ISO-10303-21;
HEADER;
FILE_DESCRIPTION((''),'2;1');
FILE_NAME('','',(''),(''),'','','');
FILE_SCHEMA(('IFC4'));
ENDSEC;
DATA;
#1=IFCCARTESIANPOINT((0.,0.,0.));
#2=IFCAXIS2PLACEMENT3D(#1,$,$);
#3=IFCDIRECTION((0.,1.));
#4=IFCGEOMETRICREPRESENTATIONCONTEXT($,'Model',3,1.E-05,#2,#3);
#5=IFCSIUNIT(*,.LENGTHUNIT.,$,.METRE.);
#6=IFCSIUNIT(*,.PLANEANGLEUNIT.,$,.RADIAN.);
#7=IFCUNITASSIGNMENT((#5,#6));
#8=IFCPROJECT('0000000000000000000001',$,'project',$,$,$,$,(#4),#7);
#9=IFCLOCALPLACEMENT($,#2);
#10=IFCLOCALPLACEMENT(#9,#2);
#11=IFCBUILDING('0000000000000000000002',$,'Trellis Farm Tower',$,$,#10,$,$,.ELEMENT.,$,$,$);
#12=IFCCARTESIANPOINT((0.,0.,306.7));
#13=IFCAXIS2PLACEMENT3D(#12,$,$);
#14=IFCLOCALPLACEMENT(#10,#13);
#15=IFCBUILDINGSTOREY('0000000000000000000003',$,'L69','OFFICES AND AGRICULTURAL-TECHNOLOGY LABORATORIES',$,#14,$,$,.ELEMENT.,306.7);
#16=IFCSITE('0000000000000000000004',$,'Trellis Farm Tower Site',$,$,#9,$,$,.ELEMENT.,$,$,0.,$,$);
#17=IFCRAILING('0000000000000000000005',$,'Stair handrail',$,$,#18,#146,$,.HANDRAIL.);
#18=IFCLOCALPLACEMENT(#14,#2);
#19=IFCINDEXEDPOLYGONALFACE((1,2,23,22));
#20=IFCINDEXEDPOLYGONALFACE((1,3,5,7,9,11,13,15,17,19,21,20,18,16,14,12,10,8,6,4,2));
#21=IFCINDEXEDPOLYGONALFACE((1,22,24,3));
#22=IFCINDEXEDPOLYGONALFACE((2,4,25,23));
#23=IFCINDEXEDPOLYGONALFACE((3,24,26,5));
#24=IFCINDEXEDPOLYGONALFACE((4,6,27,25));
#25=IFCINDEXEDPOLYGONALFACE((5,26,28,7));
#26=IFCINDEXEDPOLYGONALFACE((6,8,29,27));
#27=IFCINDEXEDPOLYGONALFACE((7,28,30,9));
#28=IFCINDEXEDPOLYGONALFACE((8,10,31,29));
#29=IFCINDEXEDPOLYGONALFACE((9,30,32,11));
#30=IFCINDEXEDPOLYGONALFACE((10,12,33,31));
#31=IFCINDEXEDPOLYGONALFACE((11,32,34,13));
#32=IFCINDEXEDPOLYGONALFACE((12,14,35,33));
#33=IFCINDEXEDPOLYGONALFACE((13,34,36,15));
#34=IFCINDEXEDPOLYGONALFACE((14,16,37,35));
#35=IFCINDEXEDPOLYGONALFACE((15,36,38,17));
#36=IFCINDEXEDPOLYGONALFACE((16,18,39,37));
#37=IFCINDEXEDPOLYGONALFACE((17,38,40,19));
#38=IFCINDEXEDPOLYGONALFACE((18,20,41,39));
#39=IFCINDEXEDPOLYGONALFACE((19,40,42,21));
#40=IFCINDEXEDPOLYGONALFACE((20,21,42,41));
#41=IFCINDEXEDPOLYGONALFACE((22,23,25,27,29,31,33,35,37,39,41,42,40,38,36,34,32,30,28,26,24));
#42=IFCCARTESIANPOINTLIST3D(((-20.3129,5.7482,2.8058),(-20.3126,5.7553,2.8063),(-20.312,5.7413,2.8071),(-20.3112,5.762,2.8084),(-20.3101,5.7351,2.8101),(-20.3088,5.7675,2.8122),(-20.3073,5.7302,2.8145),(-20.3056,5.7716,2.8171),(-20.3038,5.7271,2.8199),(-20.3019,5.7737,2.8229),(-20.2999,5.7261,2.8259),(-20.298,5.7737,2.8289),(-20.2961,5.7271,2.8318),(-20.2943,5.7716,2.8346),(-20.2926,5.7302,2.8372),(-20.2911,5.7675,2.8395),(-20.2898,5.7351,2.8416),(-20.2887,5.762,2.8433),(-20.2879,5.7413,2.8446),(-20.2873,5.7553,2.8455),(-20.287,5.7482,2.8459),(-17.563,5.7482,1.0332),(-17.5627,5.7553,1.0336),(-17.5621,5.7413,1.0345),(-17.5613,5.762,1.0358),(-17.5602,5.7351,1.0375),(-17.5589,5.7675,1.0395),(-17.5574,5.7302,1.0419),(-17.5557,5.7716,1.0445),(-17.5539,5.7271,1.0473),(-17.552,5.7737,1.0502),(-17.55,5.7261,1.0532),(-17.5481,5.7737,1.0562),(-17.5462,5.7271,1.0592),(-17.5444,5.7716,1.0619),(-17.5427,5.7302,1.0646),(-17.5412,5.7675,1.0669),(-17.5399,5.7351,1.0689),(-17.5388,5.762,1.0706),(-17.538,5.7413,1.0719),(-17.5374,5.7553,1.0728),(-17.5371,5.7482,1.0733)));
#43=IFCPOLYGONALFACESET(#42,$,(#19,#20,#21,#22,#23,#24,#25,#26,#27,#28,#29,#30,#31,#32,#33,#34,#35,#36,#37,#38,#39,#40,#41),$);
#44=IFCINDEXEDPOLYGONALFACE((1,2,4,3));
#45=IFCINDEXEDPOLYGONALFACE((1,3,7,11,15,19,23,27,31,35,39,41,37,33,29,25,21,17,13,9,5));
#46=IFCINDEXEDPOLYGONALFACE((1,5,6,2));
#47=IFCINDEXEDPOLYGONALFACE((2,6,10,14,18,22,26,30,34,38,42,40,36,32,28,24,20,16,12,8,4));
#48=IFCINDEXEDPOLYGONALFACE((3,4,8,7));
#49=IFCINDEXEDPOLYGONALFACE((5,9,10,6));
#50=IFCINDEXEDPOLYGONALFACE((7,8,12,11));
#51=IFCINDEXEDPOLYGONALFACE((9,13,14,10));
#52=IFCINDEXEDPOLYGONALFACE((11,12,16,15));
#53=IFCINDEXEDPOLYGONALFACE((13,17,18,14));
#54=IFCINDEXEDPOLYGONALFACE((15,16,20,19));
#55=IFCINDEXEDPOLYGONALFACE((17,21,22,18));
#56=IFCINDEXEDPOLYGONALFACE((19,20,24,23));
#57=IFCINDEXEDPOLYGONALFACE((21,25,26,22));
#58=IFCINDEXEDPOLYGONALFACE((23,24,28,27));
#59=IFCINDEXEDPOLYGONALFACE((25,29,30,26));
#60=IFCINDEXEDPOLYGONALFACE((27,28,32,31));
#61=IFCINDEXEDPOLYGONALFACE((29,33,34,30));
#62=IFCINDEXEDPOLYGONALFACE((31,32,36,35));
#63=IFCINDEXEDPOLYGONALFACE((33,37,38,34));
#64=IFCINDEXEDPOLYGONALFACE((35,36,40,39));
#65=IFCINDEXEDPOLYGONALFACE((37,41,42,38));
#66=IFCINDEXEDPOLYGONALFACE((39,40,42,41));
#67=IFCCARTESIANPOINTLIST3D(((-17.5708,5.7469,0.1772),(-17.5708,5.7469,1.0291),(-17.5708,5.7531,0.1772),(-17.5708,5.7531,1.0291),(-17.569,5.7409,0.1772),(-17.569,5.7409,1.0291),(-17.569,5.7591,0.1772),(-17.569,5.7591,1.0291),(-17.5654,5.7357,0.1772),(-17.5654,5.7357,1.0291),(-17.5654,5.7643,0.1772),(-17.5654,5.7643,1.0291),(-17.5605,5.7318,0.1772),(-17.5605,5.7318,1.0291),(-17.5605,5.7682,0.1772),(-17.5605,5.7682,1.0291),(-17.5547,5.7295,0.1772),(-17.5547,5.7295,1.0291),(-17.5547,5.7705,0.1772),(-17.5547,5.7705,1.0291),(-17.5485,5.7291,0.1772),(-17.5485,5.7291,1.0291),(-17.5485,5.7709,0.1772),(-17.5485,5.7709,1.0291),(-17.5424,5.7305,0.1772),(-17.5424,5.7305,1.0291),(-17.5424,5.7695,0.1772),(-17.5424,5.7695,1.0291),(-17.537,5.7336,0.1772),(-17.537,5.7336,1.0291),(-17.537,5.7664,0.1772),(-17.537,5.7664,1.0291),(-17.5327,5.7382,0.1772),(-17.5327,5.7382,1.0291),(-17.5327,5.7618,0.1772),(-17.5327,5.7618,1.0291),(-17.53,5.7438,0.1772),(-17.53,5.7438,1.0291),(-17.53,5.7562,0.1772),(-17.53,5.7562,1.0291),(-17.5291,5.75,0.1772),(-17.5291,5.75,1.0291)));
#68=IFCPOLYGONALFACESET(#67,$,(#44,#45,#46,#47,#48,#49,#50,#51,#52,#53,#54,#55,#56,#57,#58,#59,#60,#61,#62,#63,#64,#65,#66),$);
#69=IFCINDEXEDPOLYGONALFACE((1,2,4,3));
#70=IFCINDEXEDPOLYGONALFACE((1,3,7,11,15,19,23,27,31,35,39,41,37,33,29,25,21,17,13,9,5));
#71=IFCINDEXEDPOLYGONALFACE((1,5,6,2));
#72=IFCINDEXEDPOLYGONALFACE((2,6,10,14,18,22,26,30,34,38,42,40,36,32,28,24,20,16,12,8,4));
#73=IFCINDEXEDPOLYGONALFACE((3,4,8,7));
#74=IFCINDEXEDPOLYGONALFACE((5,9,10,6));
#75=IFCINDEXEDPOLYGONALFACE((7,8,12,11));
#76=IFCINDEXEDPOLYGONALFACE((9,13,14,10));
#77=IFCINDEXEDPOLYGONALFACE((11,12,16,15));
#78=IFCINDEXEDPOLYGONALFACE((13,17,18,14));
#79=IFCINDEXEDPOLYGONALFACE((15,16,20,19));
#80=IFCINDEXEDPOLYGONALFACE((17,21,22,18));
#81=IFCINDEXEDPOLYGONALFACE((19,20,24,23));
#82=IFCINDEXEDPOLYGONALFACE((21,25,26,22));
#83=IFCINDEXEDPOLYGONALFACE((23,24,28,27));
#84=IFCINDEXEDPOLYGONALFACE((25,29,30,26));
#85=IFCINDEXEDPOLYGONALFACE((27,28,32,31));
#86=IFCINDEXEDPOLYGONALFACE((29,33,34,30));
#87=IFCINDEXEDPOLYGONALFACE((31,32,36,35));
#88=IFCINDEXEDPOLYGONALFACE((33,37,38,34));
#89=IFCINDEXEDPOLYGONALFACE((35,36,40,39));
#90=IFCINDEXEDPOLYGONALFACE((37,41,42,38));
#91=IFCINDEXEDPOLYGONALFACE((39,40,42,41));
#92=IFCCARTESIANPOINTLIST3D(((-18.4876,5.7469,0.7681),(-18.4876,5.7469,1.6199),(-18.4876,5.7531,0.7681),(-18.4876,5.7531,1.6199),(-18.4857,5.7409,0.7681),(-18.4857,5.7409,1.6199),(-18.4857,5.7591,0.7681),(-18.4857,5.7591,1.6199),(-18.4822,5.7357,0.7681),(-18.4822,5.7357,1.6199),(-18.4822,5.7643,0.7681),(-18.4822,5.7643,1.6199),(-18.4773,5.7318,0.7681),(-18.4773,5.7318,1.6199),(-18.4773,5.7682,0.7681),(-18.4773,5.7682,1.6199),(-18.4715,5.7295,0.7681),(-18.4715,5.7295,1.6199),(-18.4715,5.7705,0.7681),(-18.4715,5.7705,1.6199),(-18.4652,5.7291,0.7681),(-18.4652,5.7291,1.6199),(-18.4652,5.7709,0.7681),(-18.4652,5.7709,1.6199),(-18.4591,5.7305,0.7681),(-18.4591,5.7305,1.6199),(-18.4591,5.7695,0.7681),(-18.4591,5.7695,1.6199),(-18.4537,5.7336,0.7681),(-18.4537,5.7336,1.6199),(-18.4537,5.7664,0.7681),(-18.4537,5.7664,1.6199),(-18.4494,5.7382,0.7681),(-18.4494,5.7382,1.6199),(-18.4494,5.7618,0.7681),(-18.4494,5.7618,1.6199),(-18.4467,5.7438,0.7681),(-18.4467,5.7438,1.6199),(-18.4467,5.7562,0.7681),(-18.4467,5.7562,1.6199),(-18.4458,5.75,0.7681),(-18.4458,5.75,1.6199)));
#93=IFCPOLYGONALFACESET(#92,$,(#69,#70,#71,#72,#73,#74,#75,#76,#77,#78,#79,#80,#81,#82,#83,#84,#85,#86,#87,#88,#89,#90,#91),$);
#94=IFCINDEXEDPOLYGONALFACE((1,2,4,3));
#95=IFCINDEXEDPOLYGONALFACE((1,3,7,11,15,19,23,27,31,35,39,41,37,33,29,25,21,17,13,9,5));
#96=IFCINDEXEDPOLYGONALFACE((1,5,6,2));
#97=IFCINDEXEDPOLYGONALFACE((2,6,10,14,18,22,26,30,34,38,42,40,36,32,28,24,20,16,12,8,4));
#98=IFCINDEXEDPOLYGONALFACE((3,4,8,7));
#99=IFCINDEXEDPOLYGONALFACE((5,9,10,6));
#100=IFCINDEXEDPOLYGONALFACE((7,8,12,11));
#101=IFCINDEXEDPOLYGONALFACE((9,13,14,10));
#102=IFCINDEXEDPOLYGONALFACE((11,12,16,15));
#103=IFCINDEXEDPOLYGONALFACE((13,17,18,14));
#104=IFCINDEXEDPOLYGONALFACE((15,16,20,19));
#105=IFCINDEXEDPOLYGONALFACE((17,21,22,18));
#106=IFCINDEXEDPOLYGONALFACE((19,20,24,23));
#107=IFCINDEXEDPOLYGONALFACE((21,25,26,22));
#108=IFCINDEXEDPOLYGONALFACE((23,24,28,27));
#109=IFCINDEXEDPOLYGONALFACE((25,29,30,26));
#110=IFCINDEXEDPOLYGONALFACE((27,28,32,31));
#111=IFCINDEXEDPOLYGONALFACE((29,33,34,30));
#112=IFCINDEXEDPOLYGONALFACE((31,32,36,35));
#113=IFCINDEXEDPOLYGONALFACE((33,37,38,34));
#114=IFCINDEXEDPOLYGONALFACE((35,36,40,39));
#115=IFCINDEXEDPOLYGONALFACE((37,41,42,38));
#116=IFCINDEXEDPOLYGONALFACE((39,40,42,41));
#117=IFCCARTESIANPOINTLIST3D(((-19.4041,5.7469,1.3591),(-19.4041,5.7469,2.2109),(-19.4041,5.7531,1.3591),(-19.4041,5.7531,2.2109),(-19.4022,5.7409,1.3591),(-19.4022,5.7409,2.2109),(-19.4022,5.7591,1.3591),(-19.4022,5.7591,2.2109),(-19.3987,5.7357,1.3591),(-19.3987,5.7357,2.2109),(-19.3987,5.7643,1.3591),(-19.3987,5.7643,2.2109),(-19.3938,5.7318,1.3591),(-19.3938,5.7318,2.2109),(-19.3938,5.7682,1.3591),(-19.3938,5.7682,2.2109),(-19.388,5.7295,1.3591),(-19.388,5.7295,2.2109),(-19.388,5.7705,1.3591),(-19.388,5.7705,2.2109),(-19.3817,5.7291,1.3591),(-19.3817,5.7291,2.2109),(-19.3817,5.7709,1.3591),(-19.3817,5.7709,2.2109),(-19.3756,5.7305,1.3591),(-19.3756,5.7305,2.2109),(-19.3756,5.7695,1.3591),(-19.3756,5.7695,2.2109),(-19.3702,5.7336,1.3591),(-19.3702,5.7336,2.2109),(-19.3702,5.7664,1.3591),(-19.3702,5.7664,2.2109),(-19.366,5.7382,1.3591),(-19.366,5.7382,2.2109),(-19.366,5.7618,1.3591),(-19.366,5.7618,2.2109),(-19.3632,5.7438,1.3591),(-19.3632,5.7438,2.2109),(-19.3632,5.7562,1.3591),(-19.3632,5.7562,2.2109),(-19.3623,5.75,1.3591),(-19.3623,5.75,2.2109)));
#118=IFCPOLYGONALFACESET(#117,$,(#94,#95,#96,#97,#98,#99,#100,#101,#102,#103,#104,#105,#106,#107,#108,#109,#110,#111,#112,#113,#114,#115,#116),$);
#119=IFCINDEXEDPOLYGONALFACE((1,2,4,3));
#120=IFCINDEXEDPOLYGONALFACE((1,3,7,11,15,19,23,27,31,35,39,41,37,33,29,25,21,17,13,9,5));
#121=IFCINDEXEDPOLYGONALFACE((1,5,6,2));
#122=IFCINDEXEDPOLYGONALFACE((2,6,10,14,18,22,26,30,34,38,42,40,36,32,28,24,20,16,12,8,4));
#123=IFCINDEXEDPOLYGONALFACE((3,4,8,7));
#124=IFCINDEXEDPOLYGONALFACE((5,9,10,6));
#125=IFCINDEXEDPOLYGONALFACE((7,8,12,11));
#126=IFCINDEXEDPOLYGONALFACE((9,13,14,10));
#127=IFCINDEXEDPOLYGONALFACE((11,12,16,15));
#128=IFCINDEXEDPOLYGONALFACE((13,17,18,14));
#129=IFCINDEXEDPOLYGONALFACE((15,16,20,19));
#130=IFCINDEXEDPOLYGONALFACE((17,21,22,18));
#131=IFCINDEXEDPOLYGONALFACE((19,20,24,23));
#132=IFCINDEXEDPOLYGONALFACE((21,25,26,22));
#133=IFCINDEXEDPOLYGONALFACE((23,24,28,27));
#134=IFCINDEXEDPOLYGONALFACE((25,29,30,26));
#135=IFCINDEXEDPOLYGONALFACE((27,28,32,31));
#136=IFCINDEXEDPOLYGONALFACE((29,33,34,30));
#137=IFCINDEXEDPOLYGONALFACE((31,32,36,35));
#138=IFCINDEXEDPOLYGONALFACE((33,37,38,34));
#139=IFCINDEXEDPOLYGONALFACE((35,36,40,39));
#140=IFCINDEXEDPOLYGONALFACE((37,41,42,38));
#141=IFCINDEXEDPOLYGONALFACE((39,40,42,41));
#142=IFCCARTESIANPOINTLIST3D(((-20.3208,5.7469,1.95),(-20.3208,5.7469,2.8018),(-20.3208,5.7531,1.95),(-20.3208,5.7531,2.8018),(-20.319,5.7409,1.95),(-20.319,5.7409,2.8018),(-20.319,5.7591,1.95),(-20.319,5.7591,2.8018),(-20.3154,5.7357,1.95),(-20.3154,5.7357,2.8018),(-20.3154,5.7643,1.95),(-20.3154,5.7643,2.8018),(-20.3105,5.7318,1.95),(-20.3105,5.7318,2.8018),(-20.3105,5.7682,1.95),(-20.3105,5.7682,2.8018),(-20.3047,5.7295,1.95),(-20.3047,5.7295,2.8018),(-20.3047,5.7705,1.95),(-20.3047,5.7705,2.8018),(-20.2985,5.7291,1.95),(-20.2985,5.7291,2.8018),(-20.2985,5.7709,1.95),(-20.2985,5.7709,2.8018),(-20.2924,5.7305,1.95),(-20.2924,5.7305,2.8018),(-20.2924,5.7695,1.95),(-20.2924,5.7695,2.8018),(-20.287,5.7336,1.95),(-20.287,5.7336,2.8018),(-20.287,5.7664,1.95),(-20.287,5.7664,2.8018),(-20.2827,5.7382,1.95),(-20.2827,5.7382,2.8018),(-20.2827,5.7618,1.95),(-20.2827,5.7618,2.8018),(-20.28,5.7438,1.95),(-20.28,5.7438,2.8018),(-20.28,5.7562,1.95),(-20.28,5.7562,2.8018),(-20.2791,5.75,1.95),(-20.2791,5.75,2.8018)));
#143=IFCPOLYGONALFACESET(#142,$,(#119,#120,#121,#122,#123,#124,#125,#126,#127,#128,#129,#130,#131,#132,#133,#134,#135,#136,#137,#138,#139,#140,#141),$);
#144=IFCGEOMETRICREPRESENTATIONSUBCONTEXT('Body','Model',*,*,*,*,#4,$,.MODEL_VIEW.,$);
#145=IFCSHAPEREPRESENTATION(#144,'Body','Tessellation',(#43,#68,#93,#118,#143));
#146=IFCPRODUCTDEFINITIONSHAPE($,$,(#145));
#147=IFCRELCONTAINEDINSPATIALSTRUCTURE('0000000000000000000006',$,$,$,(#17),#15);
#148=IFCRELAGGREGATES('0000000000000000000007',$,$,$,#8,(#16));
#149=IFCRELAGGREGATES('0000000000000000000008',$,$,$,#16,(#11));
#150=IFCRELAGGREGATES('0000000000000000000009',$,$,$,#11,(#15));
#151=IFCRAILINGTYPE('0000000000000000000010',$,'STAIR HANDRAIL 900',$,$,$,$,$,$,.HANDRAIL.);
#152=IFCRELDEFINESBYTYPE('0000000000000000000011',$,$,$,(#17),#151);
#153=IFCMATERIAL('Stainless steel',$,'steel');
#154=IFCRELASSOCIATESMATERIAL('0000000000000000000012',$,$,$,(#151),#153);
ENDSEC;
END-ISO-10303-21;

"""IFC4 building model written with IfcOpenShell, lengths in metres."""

from ifc_helpers import new_model, si_unit, direction, frame, origin, origin_2d, place, context, subcontext, project, spatial, circle, extrude, source, transform, mapped, material, type_object, element, save


model = new_model("IFC4")

# Units and contexts
model_context = context("Model", 3, precision=1e-05, world=origin(), true_north=direction((0.0, 1.0)))
body_context = subcontext(model_context, "Body", "Model", "MODEL_VIEW")
ifc_project = project(units=[si_unit("LENGTHUNIT", "METRE"), si_unit("PLANEANGLEUNIT", "RADIAN")], contexts=[model_context])

# Site, building, storey
site_placement = place(None, origin())
site = spatial("IfcSite", under=ifc_project, at=site_placement, Name="Trellis Farm Tower Site", CompositionType="ELEMENT", RefElevation=0.0)
building_placement = place(site_placement, origin())
building = spatial("IfcBuilding", under=site, at=building_placement, Name="Trellis Farm Tower", CompositionType="ELEMENT")
storey_placement = place(building_placement, frame((0.0, 0.0, 306.7)))
storey = spatial("IfcBuildingStorey", under=building, at=storey_placement, Name="L69", Description="OFFICES AND AGRICULTURAL-TECHNOLOGY LABORATORIES", CompositionType="ELEMENT", Elevation=306.7)

# Railing
ifc_material_1 = material(Name="Stainless steel", Category="steel")
railing_type = type_object("IfcRailingType", Name="STAIR HANDRAIL 900", PredefinedType="HANDRAIL", material=ifc_material_1)
shared_shape_1 = source(origin(), body_context, "Body", "SweptSolid", [
    extrude(circle(Radius=0.0239, at=origin_2d()), frame((0.0, 0.0, 0.876), z_axis=(-0.840504, 0.0, 0.541806), x_axis=(0.0, -1.0, 0.0)), (0.0, 0.0, 1.0), 3.2717),
    extrude(circle(Radius=0.021, at=origin_2d()), origin(), (0.0, 0.0, 1.0), 0.8518),
    extrude(circle(Radius=0.021, at=origin_2d()), frame((-0.9167, 0.0, 0.5908)), (0.0, 0.0, 1.0), 0.8518),
    extrude(circle(Radius=0.021, at=origin_2d()), frame((-1.8333, 0.0, 1.1819)), (0.0, 0.0, 1.0), 0.8518),
    extrude(circle(Radius=0.021, at=origin_2d()), frame((-2.75, 0.0, 1.7727)), (0.0, 0.0, 1.0), 0.8518),
])
for number, where, name in (
    (1, (-17.55, 5.75, 0.1772), "Stair handrail"),
):
    element("IfcRailing", number, at=place(storey_placement, frame(where)), inside=storey, type_object=railing_type, Name=name, PredefinedType="HANDRAIL", context=body_context, shape_type="MappedRepresentation", body=[
        mapped(shared_shape_1, transform((0.0, 0.0, 0.0))),
    ])

save(model, "model.ifc")
